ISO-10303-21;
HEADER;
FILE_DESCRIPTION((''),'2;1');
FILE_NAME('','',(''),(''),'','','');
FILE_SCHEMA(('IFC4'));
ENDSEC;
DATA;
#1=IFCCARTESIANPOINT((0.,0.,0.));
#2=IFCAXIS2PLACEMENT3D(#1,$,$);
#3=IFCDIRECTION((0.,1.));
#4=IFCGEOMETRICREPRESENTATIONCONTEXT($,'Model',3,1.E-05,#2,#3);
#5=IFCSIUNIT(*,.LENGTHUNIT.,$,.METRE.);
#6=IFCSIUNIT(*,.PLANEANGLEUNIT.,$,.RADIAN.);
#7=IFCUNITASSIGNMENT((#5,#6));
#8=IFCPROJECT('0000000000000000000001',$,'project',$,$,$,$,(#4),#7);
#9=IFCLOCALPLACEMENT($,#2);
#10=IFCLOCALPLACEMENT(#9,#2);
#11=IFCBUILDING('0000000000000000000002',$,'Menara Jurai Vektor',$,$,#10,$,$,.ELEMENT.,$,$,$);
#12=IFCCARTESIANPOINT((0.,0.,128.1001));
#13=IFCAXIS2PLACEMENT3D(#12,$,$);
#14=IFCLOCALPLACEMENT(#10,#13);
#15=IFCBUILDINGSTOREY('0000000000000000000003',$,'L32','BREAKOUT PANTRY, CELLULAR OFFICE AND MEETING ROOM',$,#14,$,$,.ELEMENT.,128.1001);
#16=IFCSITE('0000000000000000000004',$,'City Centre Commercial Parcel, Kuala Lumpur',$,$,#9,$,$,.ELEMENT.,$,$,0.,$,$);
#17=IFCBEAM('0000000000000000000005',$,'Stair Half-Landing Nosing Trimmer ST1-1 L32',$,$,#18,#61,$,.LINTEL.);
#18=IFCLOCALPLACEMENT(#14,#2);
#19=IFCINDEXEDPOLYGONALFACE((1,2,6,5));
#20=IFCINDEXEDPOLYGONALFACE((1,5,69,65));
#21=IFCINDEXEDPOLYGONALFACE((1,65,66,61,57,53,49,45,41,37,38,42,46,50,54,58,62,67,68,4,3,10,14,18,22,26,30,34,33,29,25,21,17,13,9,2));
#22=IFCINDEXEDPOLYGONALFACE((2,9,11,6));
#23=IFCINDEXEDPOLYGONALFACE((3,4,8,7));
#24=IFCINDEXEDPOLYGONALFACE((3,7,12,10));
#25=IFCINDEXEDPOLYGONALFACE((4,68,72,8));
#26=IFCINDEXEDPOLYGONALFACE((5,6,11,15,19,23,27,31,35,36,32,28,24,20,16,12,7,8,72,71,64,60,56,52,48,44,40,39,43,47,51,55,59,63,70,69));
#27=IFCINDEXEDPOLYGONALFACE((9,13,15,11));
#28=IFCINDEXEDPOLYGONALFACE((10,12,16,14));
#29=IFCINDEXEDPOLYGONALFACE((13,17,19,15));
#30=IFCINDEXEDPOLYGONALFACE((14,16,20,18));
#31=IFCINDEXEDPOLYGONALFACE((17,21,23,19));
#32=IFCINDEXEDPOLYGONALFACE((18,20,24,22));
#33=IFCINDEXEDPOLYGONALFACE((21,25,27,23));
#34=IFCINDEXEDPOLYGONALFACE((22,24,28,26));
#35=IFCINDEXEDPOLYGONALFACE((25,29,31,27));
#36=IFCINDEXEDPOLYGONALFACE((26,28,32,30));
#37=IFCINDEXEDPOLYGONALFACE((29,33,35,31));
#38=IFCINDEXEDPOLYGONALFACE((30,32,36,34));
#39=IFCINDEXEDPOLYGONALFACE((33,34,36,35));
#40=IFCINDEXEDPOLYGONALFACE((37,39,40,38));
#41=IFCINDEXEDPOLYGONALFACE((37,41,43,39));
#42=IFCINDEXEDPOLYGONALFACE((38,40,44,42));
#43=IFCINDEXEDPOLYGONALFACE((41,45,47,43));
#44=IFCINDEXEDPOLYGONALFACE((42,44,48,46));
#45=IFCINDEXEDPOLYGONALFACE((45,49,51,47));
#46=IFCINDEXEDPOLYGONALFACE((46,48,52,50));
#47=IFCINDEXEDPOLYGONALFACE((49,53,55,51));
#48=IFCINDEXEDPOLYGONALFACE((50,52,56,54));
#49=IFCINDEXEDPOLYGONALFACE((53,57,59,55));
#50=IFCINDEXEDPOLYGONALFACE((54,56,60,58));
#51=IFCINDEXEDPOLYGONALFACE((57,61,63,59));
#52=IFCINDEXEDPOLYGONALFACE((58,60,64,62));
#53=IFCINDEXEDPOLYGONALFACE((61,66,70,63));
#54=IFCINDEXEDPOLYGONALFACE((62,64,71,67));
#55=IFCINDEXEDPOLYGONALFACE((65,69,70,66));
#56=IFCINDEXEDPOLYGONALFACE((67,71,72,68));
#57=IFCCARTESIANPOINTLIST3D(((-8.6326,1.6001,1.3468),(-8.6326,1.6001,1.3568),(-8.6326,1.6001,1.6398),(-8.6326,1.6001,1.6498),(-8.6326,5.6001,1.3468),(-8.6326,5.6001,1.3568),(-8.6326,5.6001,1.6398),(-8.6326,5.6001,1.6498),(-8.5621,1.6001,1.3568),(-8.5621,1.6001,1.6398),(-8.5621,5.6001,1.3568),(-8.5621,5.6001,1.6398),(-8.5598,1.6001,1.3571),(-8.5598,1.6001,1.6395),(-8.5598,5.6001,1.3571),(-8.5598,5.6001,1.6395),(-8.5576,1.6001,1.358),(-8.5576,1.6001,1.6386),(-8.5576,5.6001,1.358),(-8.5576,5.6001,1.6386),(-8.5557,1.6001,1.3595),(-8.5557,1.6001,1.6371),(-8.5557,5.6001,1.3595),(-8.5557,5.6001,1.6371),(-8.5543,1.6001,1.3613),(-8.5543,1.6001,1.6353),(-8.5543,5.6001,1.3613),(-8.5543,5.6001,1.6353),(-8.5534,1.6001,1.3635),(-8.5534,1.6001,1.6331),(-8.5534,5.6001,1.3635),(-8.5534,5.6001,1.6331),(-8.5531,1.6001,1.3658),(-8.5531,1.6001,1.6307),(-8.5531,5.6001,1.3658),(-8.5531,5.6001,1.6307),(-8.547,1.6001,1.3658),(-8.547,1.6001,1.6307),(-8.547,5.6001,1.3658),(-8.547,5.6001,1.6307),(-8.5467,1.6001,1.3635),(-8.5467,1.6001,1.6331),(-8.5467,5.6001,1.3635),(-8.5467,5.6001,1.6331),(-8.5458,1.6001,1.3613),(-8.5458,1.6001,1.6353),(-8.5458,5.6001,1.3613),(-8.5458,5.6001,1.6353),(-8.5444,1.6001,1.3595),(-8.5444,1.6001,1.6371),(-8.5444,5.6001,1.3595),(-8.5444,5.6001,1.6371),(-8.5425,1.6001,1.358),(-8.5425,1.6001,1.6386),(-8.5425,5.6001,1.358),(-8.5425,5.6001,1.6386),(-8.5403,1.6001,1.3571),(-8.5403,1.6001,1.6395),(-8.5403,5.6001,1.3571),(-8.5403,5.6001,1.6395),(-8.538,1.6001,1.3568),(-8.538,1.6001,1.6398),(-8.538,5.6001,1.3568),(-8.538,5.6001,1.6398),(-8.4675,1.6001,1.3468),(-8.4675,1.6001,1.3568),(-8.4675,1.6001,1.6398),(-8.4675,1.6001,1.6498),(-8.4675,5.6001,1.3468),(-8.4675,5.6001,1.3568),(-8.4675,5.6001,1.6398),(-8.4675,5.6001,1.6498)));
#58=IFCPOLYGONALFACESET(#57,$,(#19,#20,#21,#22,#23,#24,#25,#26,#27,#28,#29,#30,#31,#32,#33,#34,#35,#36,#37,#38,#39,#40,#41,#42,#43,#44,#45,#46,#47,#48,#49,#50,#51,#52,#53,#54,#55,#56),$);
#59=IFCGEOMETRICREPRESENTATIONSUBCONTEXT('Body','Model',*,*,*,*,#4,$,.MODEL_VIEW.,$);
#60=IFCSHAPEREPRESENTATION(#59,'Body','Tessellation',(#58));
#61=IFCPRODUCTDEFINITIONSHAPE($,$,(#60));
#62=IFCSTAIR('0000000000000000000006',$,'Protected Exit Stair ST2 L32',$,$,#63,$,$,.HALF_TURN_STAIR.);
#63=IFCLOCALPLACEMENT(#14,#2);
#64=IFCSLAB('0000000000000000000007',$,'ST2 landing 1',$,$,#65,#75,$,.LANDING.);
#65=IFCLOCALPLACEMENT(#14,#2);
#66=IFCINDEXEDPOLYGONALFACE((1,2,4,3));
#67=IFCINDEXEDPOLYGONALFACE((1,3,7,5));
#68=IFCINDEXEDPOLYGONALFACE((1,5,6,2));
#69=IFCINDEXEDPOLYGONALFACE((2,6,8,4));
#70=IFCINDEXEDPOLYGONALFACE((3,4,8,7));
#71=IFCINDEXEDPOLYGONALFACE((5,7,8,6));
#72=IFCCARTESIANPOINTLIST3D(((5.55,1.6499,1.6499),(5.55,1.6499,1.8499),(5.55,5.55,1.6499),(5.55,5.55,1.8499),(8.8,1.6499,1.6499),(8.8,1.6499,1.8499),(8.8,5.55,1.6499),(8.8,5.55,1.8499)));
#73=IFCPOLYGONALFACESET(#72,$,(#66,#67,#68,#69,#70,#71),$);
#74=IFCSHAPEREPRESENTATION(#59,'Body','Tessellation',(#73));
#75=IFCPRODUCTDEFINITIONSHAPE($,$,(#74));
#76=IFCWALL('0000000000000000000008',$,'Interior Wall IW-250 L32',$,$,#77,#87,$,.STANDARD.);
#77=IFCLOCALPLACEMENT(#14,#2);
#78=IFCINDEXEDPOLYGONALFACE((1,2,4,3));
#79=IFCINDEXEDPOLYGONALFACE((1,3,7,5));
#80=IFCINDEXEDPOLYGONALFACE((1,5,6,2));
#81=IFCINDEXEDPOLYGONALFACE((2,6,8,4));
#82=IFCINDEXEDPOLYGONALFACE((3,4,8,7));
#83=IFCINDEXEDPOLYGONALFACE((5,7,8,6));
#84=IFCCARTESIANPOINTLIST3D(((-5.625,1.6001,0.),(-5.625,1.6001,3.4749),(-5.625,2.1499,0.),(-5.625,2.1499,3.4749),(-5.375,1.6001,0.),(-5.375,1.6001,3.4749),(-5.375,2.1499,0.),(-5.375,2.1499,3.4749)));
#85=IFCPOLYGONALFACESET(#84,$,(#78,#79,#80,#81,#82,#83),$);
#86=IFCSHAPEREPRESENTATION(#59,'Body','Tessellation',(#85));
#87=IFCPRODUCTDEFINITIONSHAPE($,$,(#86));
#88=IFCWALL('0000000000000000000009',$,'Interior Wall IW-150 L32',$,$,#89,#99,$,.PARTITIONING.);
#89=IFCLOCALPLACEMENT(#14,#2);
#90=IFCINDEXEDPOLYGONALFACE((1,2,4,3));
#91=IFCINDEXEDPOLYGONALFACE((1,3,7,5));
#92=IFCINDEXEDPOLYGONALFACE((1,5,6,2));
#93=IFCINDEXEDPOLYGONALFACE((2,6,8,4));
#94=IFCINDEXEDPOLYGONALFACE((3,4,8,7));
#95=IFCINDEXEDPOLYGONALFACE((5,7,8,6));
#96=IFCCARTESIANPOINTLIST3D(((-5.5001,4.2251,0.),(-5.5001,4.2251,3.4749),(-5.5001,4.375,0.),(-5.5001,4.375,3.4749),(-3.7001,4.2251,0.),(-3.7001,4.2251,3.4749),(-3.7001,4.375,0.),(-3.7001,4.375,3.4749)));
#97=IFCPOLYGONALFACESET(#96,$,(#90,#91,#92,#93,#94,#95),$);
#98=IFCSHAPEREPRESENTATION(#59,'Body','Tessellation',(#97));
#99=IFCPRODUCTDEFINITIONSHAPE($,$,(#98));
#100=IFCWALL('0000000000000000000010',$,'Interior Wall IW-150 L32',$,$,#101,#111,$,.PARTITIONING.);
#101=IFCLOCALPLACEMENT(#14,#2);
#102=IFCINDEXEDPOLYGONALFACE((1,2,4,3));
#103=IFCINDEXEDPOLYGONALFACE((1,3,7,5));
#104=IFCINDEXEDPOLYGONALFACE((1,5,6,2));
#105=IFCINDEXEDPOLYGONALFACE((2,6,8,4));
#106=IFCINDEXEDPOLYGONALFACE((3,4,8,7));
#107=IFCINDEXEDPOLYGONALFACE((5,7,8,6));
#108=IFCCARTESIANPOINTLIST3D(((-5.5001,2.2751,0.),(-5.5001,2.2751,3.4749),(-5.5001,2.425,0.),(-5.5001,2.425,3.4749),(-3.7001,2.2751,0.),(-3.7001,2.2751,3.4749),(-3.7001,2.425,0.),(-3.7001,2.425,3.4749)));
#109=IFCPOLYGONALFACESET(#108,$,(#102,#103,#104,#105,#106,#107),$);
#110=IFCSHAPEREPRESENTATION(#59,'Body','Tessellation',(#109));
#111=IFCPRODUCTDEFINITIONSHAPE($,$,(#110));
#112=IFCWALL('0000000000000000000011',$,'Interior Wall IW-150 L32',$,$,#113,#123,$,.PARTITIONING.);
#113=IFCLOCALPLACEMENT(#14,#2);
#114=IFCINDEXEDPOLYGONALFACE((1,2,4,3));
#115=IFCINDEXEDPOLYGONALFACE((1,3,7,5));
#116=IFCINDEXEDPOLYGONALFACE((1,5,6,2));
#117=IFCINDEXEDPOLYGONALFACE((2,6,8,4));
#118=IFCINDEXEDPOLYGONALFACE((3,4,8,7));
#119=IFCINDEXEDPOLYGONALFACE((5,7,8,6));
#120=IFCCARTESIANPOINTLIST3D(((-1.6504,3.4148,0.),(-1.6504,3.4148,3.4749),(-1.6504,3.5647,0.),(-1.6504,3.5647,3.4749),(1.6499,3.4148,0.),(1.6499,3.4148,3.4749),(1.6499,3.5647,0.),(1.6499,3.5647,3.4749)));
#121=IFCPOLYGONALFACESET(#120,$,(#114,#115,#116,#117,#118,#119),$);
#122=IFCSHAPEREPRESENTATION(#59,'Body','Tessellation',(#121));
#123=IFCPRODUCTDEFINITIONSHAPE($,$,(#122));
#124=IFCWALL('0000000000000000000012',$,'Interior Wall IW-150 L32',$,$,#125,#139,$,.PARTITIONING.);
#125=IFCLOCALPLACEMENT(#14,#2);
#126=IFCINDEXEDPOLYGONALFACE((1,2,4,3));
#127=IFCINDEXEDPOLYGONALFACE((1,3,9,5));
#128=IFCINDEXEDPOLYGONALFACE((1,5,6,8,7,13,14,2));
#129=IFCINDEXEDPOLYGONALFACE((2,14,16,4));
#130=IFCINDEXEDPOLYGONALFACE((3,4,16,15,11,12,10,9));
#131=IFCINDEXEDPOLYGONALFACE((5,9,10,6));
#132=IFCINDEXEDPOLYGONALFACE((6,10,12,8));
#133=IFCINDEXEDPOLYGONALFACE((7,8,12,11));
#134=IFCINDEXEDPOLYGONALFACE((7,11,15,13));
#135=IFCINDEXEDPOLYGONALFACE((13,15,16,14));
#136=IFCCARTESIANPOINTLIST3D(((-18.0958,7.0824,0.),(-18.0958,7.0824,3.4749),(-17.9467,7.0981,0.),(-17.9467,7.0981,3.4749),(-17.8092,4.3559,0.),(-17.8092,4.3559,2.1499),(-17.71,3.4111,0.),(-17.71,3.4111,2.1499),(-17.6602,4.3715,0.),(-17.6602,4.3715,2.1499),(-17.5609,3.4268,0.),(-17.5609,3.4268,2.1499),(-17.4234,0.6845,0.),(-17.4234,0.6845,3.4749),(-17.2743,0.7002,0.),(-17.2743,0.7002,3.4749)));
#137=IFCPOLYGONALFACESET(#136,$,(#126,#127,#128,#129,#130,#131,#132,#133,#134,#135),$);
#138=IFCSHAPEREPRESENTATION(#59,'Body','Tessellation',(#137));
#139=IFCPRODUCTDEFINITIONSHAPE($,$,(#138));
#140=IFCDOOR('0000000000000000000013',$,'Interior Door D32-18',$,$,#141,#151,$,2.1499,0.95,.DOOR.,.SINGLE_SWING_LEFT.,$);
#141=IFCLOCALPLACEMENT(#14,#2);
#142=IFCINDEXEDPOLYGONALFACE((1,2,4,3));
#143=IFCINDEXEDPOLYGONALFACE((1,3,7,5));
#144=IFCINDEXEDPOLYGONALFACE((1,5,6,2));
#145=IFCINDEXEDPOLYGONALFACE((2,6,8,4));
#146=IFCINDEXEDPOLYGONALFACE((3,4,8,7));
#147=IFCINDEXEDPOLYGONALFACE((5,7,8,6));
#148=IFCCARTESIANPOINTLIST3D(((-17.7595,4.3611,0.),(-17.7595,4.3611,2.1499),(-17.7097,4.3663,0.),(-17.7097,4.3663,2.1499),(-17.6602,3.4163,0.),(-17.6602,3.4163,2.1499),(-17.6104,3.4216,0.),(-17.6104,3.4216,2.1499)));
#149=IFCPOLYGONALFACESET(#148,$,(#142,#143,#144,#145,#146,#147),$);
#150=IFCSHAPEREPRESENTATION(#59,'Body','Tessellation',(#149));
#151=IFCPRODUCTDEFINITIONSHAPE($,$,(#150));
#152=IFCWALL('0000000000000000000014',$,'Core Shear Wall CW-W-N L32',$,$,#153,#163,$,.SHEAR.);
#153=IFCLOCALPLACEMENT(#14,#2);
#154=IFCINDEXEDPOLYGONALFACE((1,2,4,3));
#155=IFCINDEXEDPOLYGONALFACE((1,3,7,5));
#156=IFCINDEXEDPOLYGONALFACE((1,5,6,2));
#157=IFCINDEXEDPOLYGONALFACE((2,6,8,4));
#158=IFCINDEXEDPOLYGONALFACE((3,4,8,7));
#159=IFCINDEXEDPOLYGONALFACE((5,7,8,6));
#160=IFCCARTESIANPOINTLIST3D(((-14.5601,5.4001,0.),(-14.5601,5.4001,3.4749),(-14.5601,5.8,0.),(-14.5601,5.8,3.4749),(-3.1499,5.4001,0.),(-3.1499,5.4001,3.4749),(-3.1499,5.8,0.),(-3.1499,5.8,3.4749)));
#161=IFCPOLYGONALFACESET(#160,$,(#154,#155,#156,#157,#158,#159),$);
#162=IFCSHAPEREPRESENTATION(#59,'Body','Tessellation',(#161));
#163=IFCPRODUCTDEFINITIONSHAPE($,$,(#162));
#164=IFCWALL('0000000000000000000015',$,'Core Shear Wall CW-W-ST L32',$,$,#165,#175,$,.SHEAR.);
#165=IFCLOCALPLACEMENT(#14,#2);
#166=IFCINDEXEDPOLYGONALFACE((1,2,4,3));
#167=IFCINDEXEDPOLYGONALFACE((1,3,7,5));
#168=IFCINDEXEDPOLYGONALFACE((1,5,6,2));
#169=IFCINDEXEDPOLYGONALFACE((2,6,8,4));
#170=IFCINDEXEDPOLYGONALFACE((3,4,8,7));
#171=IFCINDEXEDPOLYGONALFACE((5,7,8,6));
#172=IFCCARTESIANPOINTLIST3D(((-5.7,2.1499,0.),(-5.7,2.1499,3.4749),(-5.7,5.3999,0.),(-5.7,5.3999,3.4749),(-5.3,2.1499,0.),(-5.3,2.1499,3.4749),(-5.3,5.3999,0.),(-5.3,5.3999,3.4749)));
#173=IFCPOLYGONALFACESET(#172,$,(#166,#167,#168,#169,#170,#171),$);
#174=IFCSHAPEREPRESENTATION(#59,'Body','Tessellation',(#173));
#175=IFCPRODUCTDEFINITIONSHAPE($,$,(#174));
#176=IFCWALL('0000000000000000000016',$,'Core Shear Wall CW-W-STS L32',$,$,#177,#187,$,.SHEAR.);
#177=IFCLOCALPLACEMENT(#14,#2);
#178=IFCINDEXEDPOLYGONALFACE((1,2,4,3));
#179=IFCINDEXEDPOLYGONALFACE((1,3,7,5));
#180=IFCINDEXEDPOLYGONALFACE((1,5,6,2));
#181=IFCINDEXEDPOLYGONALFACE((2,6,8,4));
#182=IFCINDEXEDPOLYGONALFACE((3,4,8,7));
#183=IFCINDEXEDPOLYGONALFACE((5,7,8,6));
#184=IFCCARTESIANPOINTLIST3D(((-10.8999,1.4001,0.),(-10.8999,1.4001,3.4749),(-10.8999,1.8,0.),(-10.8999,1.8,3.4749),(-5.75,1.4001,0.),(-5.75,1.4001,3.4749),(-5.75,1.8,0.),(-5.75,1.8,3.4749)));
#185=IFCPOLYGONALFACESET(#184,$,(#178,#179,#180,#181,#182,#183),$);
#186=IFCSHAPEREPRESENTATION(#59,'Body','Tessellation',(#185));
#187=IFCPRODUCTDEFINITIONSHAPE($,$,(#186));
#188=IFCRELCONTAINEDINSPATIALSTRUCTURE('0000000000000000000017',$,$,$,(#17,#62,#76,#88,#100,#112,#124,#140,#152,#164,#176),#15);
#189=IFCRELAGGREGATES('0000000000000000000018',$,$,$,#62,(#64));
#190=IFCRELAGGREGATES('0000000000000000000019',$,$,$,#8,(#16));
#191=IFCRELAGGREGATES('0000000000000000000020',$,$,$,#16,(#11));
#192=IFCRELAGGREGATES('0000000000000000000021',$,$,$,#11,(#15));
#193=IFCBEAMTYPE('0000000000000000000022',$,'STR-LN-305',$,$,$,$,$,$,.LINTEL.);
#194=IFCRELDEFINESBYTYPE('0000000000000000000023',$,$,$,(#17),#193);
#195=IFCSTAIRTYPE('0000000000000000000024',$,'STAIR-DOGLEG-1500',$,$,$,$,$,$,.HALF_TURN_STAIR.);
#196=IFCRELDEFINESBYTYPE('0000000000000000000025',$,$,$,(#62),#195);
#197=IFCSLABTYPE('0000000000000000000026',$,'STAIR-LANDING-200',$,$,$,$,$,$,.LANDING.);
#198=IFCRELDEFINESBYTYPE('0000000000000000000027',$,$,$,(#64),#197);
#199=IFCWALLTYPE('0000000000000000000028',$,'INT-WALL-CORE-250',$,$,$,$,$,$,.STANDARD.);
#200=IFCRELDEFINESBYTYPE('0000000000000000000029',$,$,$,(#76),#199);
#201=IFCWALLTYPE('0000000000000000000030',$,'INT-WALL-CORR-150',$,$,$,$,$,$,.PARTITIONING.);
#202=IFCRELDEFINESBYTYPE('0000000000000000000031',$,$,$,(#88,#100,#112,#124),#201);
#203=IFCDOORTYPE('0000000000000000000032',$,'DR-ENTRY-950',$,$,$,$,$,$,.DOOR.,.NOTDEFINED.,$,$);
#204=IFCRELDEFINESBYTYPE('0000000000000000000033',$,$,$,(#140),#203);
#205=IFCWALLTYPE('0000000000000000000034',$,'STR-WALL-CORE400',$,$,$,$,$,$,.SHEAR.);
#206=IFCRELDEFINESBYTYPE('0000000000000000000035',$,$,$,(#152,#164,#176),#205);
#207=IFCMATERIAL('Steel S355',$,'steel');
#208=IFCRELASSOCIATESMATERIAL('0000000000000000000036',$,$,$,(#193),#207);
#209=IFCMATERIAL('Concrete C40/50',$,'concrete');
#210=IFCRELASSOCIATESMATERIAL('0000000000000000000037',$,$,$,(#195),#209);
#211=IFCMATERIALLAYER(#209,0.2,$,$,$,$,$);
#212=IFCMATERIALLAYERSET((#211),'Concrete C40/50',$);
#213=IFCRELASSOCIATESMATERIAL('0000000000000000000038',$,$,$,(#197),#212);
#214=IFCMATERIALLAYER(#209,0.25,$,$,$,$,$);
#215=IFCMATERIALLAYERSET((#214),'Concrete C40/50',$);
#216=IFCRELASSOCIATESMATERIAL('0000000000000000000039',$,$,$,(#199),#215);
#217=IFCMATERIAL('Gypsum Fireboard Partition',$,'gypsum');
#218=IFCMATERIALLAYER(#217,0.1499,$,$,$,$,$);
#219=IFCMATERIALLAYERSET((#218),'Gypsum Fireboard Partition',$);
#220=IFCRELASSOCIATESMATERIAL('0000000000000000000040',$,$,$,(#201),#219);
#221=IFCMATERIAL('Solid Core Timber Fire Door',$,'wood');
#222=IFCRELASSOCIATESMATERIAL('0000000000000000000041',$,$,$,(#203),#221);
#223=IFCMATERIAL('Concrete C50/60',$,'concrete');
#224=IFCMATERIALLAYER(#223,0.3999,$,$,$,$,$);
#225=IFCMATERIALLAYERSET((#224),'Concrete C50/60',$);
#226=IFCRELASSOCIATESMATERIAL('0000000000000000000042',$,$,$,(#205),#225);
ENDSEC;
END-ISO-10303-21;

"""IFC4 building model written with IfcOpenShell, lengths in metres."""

from ifc_helpers import new_model, si_unit, direction, frame, frame_2d, origin, origin_2d, place, context, subcontext, project, spatial, polyline, rectangle, i_section, outline, extrude, material, layer, layer_set, material_profile, profile_set, type_object, element, fill, aggregate, save


model = new_model("IFC4")

# Units and contexts
model_context = context("Model", 3, precision=1e-05, world=origin(), true_north=direction((0.0, 1.0)))
body_context = subcontext(model_context, "Body", "Model", "MODEL_VIEW")
ifc_project = project(units=[si_unit("LENGTHUNIT", "METRE"), si_unit("PLANEANGLEUNIT", "RADIAN")], contexts=[model_context])

# Site, building, storey
site_placement = place(None, origin())
site = spatial("IfcSite", under=ifc_project, at=site_placement, Name="City Centre Commercial Parcel, Kuala Lumpur", CompositionType="ELEMENT", RefElevation=0.0)
building_placement = place(site_placement, origin())
building = spatial("IfcBuilding", under=site, at=building_placement, Name="Menara Jurai Vektor", CompositionType="ELEMENT")
storey_placement = place(building_placement, frame((0.0, 0.0, 128.1001)))
storey = spatial("IfcBuildingStorey", under=building, at=storey_placement, Name="L32", Description="BREAKOUT PANTRY, CELLULAR OFFICE AND MEETING ROOM", CompositionType="ELEMENT", Elevation=128.1001)

# Shared definitions
ifc_material_1 = material(Name="Concrete C50/60", Category="concrete")
ifc_material_2 = material(Name="Steel S355", Category="steel")

# Beam
ifc_material_profile_1 = material_profile(ifc_material_2, i_section(OverallWidth=0.165, OverallDepth=0.303, WebThickness=0.0061, FlangeThickness=0.01, FilletRadius=0.009, at=origin_2d()), Name="UKB 305x165x40")
ifc_profile_set_1 = profile_set([ifc_material_profile_1], Name="Steel S355")
beam_type_1 = type_object("IfcBeamType", Name="STR-LN-305", PredefinedType="LINTEL", material=ifc_profile_set_1)
beam_1_placement = place(storey_placement, frame((-8.55, 1.6001, 1.4983), z_axis=(0.0, 1.0, 0.0), x_axis=(-1.0, 0.0, 0.0)))
element("IfcBeam", 1, at=beam_1_placement, inside=storey, type_object=beam_type_1, Name="Stair Half-Landing Nosing Trimmer ST1-1 L32", PredefinedType="LINTEL", context=body_context, shape_type="SweptSolid", body=[
    extrude(i_section(OverallWidth=0.165, OverallDepth=0.303, WebThickness=0.0061, FlangeThickness=0.01, FilletRadius=0.009, at=origin_2d()), origin(), (0.0, 0.0, 1.0), 4.0),
])

# Stair, slab
ifc_material_3 = material(Name="Concrete C40/50", Category="concrete")
stair_type = type_object("IfcStairType", Name="STAIR-DOGLEG-1500", PredefinedType="HALF_TURN_STAIR", material=ifc_material_3)
stair_1_placement = place(storey_placement, origin())
stair_1 = element("IfcStair", 2, at=stair_1_placement, inside=storey, type_object=stair_type, Name="Protected Exit Stair ST2 L32", PredefinedType="HALF_TURN_STAIR")
ifc_layer_1 = layer(ifc_material_3, 0.2)
ifc_layer_set_1 = layer_set([ifc_layer_1], Name="Concrete C40/50")
slab_type = type_object("IfcSlabType", Name="STAIR-LANDING-200", PredefinedType="LANDING", material=ifc_layer_set_1)
slab_placement = place(storey_placement, frame((0.0, 0.0, 1.6499)))
slab = element("IfcSlab", 3, at=slab_placement, type_object=slab_type, Name="ST2 landing 1", PredefinedType="LANDING", context=body_context, shape_type="SweptSolid", body=[
    extrude(outline(polyline([(5.55, 1.6499), (8.8, 1.6499), (8.8, 5.55), (5.55, 5.55), (5.55, 1.6499)])), origin(), (0.0, 0.0, 1.0), 0.2),
])
aggregate(stair_1, [slab])

# Shared definitions
ifc_layer_2 = layer(ifc_material_3, 0.25)
ifc_layer_set_2 = layer_set([ifc_layer_2], Name="Concrete C40/50")
wall_type_1 = type_object("IfcWallType", Name="INT-WALL-CORE-250", PredefinedType="STANDARD", material=ifc_layer_set_2)

# Walls
wall_1_placement = place(storey_placement, frame((-5.5, 1.6001, 0.0), z_axis=(0.0, 0.0, 1.0), x_axis=(0.0, 1.0, 0.0)))
element("IfcWall", 4, at=wall_1_placement, inside=storey, type_object=wall_type_1, Name="Interior Wall IW-250 L32", PredefinedType="STANDARD", context=body_context, shape_type="SweptSolid", body=[
    extrude(rectangle(XDim=0.5498, YDim=0.25, at=frame_2d((0.2749, 0.0))), origin(), (0.0, 0.0, 1.0), 3.4749),
])
ifc_material_4 = material(Name="Gypsum Fireboard Partition", Category="gypsum")
ifc_layer_3 = layer(ifc_material_4, 0.1499)
ifc_layer_set_3 = layer_set([ifc_layer_3], Name="Gypsum Fireboard Partition")
wall_type_2 = type_object("IfcWallType", Name="INT-WALL-CORR-150", PredefinedType="PARTITIONING", material=ifc_layer_set_3)
for number, where, z_axis, x_axis, name in (
    (5, (-5.5, 4.3, 0.0), (0.0, 0.0, 1.0), (1.0, 0.0, 0.0), "Interior Wall IW-150 L32"),
    (6, (-5.5, 2.3501, 0.0), (0.0, 0.0, 1.0), (1.0, 0.0, 0.0), "Interior Wall IW-150 L32"),
):
    element("IfcWall", number, at=place(storey_placement, frame(where, z_axis=z_axis, x_axis=x_axis)), inside=storey, type_object=wall_type_2, Name=name, PredefinedType="PARTITIONING", context=body_context, shape_type="SweptSolid", body=[
        extrude(rectangle(XDim=1.8, YDim=0.1499, at=frame_2d((0.8999, 0.0))), origin(), (0.0, 0.0, 1.0), 3.4749),
    ])
wall_2_placement = place(storey_placement, frame((-1.6504, 3.4897, 0.0), z_axis=(0.0, 0.0, 1.0), x_axis=(1.0, 0.0, 0.0)))
element("IfcWall", 7, at=wall_2_placement, inside=storey, type_object=wall_type_2, Name="Interior Wall IW-150 L32", PredefinedType="PARTITIONING", context=body_context, shape_type="SweptSolid", body=[
    extrude(rectangle(XDim=3.3003, YDim=0.1499, at=frame_2d((1.6501, 0.0))), origin(), (0.0, 0.0, 1.0), 3.4749),
])

# Wall, opening, door
wall_3_placement = place(storey_placement, frame((-17.3489, 0.6924, 0.0), z_axis=(0.0, 0.0, 1.0), x_axis=(-0.104515, 0.994523, 0.0)))
wall_3 = element("IfcWall", 8, at=wall_3_placement, inside=storey, type_object=wall_type_2, Name="Interior Wall IW-150 L32", PredefinedType="PARTITIONING", context=body_context, shape_type="SweptSolid", body=[
    extrude(rectangle(XDim=6.4331, YDim=0.1499, at=frame_2d((3.2166, 0.0))), origin(), (0.0, 0.0, 1.0), 3.4749),
])
opening_1_placement = place(wall_3_placement, frame((2.7415, 0.0, 0.0)))
opening_1 = element("IfcOpeningElement", 9, at=opening_1_placement, cuts=wall_3, PredefinedType="OPENING", context=body_context, shape_type="SweptSolid", body=[
    extrude(rectangle(XDim=0.95, YDim=2.1499, at=frame_2d((0.4751, 1.075))), frame((0.0, 0.085, 0.0), z_axis=(0.0, -1.0, 0.0), x_axis=(1.0, 0.0, 0.0)), (0.0, 0.0, 1.0), 0.1699),
])
ifc_material_5 = material(Name="Solid Core Timber Fire Door", Category="wood")
door_type_1 = type_object("IfcDoorType", Name="DR-ENTRY-950", OperationType="NOTDEFINED", PredefinedType="DOOR", material=ifc_material_5)
door_1_placement = place(opening_1_placement, origin())
door_1 = element("IfcDoor", 10, at=door_1_placement, inside=storey, type_object=door_type_1, Name="Interior Door D32-18", OperationType="SINGLE_SWING_LEFT", OverallHeight=2.1499, OverallWidth=0.95, PredefinedType="DOOR", context=body_context, shape_type="SweptSolid", body=[
    extrude(rectangle(XDim=0.95, YDim=2.1499, at=frame_2d((0.4751, 1.075))), frame((0.0, 0.0249, 0.0), z_axis=(0.0, -1.0, 0.0), x_axis=(1.0, 0.0, 0.0)), (0.0, 0.0, 1.0), 0.05),
])
fill(opening_1, door_1)

# Walls
ifc_layer_4 = layer(ifc_material_1, 0.3999)
ifc_layer_set_4 = layer_set([ifc_layer_4], Name="Concrete C50/60")
wall_type_3 = type_object("IfcWallType", Name="STR-WALL-CORE400", PredefinedType="SHEAR", material=ifc_layer_set_4)
wall_4_placement = place(storey_placement, frame((-14.5601, 5.6001, 0.0), z_axis=(0.0, 0.0, 1.0), x_axis=(1.0, 0.0, 0.0)))
element("IfcWall", 11, at=wall_4_placement, inside=storey, type_object=wall_type_3, Name="Core Shear Wall CW-W-N L32", PredefinedType="SHEAR", context=body_context, shape_type="SweptSolid", body=[
    extrude(rectangle(XDim=11.4102, YDim=0.3999, at=frame_2d((5.7051, 0.0))), origin(), (0.0, 0.0, 1.0), 3.4749),
])
wall_5_placement = place(storey_placement, frame((-5.5, 2.1499, 0.0), z_axis=(0.0, 0.0, 1.0), x_axis=(0.0, 1.0, 0.0)))
element("IfcWall", 12, at=wall_5_placement, inside=storey, type_object=wall_type_3, Name="Core Shear Wall CW-W-ST L32", PredefinedType="SHEAR", context=body_context, shape_type="SweptSolid", body=[
    extrude(rectangle(XDim=3.25, YDim=0.3999, at=frame_2d((1.625, 0.0))), origin(), (0.0, 0.0, 1.0), 3.4749),
])
wall_6_placement = place(storey_placement, frame((-10.8999, 1.6001, 0.0), z_axis=(0.0, 0.0, 1.0), x_axis=(1.0, 0.0, 0.0)))
element("IfcWall", 13, at=wall_6_placement, inside=storey, type_object=wall_type_3, Name="Core Shear Wall CW-W-STS L32", PredefinedType="SHEAR", context=body_context, shape_type="SweptSolid", body=[
    extrude(rectangle(XDim=5.1499, YDim=0.3999, at=frame_2d((2.575, 0.0))), origin(), (0.0, 0.0, 1.0), 3.4749),
])

save(model, "model.ifc")
